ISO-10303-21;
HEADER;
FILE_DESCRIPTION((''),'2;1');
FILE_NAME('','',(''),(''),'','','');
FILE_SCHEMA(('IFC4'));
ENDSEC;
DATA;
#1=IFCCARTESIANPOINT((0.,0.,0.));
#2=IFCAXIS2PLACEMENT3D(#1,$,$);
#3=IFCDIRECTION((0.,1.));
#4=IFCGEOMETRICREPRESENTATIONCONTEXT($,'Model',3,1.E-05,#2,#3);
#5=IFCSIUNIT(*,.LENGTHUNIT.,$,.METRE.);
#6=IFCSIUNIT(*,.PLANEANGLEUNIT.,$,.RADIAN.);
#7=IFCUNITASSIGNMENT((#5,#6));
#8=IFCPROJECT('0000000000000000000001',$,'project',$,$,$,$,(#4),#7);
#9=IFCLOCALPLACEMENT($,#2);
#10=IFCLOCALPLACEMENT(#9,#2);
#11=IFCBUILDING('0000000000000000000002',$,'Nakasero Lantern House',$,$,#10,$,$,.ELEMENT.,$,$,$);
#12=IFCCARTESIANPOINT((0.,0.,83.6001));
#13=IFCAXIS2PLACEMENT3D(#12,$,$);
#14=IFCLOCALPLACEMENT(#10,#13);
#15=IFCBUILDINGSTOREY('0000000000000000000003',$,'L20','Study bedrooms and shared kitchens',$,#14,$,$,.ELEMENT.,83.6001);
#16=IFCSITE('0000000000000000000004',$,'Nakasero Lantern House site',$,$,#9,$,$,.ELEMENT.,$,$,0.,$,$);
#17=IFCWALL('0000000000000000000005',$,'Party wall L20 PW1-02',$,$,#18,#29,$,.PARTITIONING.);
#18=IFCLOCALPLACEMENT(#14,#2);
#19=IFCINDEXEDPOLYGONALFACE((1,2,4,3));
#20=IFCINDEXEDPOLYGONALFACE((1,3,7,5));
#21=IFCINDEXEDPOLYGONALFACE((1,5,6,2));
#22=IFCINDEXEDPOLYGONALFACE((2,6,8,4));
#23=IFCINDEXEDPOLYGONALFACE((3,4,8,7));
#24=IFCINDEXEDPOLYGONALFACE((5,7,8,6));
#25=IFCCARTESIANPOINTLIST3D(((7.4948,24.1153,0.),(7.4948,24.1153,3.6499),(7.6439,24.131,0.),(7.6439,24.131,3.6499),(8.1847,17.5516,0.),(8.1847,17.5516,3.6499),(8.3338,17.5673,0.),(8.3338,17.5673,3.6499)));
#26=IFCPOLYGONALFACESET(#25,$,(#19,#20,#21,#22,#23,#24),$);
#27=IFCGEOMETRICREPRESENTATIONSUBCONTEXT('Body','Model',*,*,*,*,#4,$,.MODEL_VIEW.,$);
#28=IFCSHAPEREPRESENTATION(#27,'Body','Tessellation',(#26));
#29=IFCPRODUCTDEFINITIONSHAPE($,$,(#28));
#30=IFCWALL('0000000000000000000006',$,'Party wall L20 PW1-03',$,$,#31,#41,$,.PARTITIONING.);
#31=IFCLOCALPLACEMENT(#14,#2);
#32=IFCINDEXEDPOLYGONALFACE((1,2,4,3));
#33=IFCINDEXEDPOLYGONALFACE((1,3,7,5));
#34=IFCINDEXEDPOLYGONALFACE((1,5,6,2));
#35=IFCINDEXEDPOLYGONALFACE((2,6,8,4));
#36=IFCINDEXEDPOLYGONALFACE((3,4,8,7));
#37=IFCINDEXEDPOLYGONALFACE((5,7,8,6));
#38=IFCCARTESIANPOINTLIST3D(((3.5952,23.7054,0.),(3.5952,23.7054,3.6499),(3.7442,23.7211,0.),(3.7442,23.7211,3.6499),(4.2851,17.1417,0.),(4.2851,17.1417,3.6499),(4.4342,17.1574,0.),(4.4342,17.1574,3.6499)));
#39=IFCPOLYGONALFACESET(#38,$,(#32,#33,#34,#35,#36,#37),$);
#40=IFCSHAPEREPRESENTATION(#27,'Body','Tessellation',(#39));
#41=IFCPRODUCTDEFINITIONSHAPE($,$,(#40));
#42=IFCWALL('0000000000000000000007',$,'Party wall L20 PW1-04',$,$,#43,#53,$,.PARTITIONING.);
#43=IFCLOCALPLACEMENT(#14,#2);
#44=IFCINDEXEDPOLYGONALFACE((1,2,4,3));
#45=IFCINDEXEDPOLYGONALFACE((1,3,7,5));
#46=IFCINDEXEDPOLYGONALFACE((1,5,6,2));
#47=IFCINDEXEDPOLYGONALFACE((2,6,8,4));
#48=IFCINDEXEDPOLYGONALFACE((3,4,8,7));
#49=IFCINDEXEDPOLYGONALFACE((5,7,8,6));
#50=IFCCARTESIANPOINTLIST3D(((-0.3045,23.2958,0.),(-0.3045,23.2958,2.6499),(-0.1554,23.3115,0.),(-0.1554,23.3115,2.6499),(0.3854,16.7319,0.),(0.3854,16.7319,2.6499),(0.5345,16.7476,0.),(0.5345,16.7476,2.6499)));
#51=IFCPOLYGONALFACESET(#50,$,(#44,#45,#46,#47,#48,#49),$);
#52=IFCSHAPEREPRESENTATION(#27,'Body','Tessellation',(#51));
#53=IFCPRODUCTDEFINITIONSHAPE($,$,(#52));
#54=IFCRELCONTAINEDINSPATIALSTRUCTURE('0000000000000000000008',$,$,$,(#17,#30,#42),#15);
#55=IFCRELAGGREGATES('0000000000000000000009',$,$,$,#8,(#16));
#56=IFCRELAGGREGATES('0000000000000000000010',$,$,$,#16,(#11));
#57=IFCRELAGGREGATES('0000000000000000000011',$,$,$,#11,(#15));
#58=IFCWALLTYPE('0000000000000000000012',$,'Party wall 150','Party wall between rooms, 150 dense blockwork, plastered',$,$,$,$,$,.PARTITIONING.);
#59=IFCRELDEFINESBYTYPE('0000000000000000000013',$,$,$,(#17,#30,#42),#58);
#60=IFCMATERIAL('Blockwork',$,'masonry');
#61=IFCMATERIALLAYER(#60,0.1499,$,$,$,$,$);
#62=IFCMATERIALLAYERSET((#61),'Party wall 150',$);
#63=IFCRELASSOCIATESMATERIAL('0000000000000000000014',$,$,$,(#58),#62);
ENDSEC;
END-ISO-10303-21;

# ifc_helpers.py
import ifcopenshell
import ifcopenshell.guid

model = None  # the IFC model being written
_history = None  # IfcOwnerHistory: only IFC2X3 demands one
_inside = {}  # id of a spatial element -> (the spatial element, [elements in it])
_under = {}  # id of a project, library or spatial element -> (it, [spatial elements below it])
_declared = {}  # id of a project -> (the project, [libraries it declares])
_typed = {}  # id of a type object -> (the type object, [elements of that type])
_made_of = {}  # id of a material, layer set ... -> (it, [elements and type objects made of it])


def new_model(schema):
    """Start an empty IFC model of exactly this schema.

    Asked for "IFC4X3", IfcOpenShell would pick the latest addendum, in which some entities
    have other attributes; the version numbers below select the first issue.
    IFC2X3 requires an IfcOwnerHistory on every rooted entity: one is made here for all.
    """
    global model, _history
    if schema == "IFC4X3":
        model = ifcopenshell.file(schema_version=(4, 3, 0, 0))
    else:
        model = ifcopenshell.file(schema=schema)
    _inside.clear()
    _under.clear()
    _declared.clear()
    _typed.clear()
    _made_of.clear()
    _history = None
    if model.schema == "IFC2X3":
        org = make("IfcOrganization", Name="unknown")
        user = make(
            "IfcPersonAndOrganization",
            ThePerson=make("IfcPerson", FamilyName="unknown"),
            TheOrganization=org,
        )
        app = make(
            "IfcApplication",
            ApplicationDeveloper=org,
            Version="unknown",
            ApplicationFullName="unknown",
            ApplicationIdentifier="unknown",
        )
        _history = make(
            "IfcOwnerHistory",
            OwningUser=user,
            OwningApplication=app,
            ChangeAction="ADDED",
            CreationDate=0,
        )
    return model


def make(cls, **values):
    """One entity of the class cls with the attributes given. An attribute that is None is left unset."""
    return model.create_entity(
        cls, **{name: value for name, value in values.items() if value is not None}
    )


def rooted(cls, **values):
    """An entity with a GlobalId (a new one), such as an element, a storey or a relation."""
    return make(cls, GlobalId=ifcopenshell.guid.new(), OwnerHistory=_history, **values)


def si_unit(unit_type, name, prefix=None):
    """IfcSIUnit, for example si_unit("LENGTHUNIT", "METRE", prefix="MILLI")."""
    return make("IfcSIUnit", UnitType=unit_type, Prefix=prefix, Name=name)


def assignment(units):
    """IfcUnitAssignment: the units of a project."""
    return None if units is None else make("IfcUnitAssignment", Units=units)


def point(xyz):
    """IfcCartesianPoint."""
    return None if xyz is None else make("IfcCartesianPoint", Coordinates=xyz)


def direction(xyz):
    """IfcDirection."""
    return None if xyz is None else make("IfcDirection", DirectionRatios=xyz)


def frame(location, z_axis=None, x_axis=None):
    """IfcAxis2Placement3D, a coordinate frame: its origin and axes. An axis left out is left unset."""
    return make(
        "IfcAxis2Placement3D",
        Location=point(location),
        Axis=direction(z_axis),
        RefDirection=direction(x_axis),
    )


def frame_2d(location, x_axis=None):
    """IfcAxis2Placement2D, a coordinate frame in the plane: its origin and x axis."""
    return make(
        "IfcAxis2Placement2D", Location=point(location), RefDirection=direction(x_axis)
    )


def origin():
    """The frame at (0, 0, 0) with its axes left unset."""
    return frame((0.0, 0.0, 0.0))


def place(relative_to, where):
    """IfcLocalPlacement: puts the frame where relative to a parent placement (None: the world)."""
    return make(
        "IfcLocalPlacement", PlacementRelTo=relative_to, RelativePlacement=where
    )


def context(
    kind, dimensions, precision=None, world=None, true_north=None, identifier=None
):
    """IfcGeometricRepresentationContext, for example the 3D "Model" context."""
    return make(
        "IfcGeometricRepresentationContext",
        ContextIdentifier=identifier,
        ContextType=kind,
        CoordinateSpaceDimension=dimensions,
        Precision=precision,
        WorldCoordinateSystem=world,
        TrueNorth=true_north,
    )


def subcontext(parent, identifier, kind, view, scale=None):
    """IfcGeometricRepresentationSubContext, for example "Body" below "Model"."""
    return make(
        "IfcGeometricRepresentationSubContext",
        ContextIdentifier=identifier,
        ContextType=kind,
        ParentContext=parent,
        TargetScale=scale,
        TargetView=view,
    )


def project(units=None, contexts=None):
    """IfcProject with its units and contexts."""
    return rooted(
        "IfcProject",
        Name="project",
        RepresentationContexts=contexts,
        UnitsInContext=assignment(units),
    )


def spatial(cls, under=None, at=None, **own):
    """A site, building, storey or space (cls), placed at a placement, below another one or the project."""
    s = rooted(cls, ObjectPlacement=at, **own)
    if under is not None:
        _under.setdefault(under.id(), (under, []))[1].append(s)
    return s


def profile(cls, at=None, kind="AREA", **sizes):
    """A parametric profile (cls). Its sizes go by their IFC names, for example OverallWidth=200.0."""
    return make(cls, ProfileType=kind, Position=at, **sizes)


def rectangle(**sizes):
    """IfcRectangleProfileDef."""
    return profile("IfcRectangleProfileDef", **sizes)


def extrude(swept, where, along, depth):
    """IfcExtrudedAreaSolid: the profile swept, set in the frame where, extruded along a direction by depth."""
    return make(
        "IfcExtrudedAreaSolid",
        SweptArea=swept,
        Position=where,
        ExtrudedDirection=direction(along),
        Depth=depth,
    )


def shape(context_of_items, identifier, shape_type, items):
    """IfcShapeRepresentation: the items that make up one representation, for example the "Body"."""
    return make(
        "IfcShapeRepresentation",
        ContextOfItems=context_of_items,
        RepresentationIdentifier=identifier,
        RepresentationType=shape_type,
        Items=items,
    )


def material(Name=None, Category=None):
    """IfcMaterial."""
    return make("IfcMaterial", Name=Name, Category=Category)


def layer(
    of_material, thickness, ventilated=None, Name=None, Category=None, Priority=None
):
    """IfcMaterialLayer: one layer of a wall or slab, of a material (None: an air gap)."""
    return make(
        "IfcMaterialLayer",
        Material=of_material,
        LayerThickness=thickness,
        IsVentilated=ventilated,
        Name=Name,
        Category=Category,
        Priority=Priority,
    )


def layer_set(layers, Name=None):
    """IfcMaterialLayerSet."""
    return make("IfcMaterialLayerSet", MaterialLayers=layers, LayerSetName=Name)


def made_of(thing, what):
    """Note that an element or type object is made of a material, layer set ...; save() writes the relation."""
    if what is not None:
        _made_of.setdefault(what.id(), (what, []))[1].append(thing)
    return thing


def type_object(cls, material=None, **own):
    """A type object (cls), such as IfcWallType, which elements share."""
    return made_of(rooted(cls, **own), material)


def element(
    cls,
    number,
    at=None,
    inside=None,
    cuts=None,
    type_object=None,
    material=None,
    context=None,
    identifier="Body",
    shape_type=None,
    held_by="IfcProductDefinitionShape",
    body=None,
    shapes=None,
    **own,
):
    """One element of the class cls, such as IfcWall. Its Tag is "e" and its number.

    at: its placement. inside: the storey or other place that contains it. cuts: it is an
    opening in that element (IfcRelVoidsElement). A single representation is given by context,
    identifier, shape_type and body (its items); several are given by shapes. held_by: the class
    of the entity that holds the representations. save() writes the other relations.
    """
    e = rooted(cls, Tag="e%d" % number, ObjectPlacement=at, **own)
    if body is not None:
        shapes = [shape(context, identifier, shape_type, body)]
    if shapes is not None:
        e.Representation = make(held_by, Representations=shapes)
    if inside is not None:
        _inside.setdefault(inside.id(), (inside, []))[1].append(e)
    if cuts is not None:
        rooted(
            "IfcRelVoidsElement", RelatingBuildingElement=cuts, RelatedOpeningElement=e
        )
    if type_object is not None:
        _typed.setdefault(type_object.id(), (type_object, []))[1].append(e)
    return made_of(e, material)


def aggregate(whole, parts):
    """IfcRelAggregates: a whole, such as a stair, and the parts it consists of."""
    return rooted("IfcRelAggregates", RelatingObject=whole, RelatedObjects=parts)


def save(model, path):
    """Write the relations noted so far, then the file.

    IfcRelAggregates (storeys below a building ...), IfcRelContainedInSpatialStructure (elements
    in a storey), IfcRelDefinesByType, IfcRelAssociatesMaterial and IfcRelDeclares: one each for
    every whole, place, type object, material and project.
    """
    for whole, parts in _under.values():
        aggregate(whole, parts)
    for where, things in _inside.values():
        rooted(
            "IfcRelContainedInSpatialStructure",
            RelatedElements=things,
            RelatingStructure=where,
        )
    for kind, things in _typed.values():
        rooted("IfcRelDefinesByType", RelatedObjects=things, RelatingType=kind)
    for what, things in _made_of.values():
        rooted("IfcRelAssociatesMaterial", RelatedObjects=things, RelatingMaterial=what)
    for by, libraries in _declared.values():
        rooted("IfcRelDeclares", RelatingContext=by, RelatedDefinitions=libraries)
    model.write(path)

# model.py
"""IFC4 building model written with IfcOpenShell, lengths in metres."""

from ifc_helpers import new_model, si_unit, direction, frame, frame_2d, origin, place, context, subcontext, project, spatial, rectangle, extrude, material, layer, layer_set, type_object, element, save


model = new_model("IFC4")

# Units and contexts
model_context = context("Model", 3, precision=1e-05, world=origin(), true_north=direction((0.0, 1.0)))
body_context = subcontext(model_context, "Body", "Model", "MODEL_VIEW")
ifc_project = project(units=[si_unit("LENGTHUNIT", "METRE"), si_unit("PLANEANGLEUNIT", "RADIAN")], contexts=[model_context])

# Site, building, storey
site_placement = place(None, origin())
site = spatial("IfcSite", under=ifc_project, at=site_placement, Name="Nakasero Lantern House site", CompositionType="ELEMENT", RefElevation=0.0)
building_placement = place(site_placement, origin())
building = spatial("IfcBuilding", under=site, at=building_placement, Name="Nakasero Lantern House", CompositionType="ELEMENT")
storey_placement = place(building_placement, frame((0.0, 0.0, 83.6001)))
storey = spatial("IfcBuildingStorey", under=building, at=storey_placement, Name="L20", Description="Study bedrooms and shared kitchens", CompositionType="ELEMENT", Elevation=83.6001)

# Walls
ifc_material_1 = material(Name="Blockwork", Category="masonry")
ifc_layer_1 = layer(ifc_material_1, 0.1499)
ifc_layer_set_1 = layer_set([ifc_layer_1], Name="Party wall 150")
wall_type_1 = type_object("IfcWallType", Name="Party wall 150", Description="Party wall between rooms, 150 dense blockwork, plastered", PredefinedType="PARTITIONING", material=ifc_layer_set_1)
for number, where, z_axis, x_axis, name in (
    (1, (8.2593, 17.5596, 0.0), (0.0, 0.0, 1.0), (-0.104538, 0.994521, 0.0), "Party wall L20 PW1-02"),
    (2, (4.3596, 17.1497, 0.0), (0.0, 0.0, 1.0), (-0.104538, 0.994521, 0.0), "Party wall L20 PW1-03"),
):
    element("IfcWall", number, at=place(storey_placement, frame(where, z_axis=z_axis, x_axis=x_axis)), inside=storey, type_object=wall_type_1, Name=name, PredefinedType="PARTITIONING", context=body_context, shape_type="SweptSolid", body=[
        extrude(rectangle(XDim=6.5999, YDim=0.1499, at=frame_2d((3.2998, 0.0))), origin(), (0.0, 0.0, 1.0), 3.6499),
    ])
wall_1_placement = place(storey_placement, frame((0.46, 16.7397, 0.0), z_axis=(0.0, 0.0, 1.0), x_axis=(-0.104535, 0.994521, 0.0)))
element("IfcWall", 3, at=wall_1_placement, inside=storey, type_object=wall_type_1, Name="Party wall L20 PW1-04", PredefinedType="PARTITIONING", context=body_context, shape_type="SweptSolid", body=[
    extrude(rectangle(XDim=6.6001, YDim=0.1499, at=frame_2d((3.3, 0.0))), origin(), (0.0, 0.0, 1.0), 2.6499),
])

save(model, "model.ifc")
